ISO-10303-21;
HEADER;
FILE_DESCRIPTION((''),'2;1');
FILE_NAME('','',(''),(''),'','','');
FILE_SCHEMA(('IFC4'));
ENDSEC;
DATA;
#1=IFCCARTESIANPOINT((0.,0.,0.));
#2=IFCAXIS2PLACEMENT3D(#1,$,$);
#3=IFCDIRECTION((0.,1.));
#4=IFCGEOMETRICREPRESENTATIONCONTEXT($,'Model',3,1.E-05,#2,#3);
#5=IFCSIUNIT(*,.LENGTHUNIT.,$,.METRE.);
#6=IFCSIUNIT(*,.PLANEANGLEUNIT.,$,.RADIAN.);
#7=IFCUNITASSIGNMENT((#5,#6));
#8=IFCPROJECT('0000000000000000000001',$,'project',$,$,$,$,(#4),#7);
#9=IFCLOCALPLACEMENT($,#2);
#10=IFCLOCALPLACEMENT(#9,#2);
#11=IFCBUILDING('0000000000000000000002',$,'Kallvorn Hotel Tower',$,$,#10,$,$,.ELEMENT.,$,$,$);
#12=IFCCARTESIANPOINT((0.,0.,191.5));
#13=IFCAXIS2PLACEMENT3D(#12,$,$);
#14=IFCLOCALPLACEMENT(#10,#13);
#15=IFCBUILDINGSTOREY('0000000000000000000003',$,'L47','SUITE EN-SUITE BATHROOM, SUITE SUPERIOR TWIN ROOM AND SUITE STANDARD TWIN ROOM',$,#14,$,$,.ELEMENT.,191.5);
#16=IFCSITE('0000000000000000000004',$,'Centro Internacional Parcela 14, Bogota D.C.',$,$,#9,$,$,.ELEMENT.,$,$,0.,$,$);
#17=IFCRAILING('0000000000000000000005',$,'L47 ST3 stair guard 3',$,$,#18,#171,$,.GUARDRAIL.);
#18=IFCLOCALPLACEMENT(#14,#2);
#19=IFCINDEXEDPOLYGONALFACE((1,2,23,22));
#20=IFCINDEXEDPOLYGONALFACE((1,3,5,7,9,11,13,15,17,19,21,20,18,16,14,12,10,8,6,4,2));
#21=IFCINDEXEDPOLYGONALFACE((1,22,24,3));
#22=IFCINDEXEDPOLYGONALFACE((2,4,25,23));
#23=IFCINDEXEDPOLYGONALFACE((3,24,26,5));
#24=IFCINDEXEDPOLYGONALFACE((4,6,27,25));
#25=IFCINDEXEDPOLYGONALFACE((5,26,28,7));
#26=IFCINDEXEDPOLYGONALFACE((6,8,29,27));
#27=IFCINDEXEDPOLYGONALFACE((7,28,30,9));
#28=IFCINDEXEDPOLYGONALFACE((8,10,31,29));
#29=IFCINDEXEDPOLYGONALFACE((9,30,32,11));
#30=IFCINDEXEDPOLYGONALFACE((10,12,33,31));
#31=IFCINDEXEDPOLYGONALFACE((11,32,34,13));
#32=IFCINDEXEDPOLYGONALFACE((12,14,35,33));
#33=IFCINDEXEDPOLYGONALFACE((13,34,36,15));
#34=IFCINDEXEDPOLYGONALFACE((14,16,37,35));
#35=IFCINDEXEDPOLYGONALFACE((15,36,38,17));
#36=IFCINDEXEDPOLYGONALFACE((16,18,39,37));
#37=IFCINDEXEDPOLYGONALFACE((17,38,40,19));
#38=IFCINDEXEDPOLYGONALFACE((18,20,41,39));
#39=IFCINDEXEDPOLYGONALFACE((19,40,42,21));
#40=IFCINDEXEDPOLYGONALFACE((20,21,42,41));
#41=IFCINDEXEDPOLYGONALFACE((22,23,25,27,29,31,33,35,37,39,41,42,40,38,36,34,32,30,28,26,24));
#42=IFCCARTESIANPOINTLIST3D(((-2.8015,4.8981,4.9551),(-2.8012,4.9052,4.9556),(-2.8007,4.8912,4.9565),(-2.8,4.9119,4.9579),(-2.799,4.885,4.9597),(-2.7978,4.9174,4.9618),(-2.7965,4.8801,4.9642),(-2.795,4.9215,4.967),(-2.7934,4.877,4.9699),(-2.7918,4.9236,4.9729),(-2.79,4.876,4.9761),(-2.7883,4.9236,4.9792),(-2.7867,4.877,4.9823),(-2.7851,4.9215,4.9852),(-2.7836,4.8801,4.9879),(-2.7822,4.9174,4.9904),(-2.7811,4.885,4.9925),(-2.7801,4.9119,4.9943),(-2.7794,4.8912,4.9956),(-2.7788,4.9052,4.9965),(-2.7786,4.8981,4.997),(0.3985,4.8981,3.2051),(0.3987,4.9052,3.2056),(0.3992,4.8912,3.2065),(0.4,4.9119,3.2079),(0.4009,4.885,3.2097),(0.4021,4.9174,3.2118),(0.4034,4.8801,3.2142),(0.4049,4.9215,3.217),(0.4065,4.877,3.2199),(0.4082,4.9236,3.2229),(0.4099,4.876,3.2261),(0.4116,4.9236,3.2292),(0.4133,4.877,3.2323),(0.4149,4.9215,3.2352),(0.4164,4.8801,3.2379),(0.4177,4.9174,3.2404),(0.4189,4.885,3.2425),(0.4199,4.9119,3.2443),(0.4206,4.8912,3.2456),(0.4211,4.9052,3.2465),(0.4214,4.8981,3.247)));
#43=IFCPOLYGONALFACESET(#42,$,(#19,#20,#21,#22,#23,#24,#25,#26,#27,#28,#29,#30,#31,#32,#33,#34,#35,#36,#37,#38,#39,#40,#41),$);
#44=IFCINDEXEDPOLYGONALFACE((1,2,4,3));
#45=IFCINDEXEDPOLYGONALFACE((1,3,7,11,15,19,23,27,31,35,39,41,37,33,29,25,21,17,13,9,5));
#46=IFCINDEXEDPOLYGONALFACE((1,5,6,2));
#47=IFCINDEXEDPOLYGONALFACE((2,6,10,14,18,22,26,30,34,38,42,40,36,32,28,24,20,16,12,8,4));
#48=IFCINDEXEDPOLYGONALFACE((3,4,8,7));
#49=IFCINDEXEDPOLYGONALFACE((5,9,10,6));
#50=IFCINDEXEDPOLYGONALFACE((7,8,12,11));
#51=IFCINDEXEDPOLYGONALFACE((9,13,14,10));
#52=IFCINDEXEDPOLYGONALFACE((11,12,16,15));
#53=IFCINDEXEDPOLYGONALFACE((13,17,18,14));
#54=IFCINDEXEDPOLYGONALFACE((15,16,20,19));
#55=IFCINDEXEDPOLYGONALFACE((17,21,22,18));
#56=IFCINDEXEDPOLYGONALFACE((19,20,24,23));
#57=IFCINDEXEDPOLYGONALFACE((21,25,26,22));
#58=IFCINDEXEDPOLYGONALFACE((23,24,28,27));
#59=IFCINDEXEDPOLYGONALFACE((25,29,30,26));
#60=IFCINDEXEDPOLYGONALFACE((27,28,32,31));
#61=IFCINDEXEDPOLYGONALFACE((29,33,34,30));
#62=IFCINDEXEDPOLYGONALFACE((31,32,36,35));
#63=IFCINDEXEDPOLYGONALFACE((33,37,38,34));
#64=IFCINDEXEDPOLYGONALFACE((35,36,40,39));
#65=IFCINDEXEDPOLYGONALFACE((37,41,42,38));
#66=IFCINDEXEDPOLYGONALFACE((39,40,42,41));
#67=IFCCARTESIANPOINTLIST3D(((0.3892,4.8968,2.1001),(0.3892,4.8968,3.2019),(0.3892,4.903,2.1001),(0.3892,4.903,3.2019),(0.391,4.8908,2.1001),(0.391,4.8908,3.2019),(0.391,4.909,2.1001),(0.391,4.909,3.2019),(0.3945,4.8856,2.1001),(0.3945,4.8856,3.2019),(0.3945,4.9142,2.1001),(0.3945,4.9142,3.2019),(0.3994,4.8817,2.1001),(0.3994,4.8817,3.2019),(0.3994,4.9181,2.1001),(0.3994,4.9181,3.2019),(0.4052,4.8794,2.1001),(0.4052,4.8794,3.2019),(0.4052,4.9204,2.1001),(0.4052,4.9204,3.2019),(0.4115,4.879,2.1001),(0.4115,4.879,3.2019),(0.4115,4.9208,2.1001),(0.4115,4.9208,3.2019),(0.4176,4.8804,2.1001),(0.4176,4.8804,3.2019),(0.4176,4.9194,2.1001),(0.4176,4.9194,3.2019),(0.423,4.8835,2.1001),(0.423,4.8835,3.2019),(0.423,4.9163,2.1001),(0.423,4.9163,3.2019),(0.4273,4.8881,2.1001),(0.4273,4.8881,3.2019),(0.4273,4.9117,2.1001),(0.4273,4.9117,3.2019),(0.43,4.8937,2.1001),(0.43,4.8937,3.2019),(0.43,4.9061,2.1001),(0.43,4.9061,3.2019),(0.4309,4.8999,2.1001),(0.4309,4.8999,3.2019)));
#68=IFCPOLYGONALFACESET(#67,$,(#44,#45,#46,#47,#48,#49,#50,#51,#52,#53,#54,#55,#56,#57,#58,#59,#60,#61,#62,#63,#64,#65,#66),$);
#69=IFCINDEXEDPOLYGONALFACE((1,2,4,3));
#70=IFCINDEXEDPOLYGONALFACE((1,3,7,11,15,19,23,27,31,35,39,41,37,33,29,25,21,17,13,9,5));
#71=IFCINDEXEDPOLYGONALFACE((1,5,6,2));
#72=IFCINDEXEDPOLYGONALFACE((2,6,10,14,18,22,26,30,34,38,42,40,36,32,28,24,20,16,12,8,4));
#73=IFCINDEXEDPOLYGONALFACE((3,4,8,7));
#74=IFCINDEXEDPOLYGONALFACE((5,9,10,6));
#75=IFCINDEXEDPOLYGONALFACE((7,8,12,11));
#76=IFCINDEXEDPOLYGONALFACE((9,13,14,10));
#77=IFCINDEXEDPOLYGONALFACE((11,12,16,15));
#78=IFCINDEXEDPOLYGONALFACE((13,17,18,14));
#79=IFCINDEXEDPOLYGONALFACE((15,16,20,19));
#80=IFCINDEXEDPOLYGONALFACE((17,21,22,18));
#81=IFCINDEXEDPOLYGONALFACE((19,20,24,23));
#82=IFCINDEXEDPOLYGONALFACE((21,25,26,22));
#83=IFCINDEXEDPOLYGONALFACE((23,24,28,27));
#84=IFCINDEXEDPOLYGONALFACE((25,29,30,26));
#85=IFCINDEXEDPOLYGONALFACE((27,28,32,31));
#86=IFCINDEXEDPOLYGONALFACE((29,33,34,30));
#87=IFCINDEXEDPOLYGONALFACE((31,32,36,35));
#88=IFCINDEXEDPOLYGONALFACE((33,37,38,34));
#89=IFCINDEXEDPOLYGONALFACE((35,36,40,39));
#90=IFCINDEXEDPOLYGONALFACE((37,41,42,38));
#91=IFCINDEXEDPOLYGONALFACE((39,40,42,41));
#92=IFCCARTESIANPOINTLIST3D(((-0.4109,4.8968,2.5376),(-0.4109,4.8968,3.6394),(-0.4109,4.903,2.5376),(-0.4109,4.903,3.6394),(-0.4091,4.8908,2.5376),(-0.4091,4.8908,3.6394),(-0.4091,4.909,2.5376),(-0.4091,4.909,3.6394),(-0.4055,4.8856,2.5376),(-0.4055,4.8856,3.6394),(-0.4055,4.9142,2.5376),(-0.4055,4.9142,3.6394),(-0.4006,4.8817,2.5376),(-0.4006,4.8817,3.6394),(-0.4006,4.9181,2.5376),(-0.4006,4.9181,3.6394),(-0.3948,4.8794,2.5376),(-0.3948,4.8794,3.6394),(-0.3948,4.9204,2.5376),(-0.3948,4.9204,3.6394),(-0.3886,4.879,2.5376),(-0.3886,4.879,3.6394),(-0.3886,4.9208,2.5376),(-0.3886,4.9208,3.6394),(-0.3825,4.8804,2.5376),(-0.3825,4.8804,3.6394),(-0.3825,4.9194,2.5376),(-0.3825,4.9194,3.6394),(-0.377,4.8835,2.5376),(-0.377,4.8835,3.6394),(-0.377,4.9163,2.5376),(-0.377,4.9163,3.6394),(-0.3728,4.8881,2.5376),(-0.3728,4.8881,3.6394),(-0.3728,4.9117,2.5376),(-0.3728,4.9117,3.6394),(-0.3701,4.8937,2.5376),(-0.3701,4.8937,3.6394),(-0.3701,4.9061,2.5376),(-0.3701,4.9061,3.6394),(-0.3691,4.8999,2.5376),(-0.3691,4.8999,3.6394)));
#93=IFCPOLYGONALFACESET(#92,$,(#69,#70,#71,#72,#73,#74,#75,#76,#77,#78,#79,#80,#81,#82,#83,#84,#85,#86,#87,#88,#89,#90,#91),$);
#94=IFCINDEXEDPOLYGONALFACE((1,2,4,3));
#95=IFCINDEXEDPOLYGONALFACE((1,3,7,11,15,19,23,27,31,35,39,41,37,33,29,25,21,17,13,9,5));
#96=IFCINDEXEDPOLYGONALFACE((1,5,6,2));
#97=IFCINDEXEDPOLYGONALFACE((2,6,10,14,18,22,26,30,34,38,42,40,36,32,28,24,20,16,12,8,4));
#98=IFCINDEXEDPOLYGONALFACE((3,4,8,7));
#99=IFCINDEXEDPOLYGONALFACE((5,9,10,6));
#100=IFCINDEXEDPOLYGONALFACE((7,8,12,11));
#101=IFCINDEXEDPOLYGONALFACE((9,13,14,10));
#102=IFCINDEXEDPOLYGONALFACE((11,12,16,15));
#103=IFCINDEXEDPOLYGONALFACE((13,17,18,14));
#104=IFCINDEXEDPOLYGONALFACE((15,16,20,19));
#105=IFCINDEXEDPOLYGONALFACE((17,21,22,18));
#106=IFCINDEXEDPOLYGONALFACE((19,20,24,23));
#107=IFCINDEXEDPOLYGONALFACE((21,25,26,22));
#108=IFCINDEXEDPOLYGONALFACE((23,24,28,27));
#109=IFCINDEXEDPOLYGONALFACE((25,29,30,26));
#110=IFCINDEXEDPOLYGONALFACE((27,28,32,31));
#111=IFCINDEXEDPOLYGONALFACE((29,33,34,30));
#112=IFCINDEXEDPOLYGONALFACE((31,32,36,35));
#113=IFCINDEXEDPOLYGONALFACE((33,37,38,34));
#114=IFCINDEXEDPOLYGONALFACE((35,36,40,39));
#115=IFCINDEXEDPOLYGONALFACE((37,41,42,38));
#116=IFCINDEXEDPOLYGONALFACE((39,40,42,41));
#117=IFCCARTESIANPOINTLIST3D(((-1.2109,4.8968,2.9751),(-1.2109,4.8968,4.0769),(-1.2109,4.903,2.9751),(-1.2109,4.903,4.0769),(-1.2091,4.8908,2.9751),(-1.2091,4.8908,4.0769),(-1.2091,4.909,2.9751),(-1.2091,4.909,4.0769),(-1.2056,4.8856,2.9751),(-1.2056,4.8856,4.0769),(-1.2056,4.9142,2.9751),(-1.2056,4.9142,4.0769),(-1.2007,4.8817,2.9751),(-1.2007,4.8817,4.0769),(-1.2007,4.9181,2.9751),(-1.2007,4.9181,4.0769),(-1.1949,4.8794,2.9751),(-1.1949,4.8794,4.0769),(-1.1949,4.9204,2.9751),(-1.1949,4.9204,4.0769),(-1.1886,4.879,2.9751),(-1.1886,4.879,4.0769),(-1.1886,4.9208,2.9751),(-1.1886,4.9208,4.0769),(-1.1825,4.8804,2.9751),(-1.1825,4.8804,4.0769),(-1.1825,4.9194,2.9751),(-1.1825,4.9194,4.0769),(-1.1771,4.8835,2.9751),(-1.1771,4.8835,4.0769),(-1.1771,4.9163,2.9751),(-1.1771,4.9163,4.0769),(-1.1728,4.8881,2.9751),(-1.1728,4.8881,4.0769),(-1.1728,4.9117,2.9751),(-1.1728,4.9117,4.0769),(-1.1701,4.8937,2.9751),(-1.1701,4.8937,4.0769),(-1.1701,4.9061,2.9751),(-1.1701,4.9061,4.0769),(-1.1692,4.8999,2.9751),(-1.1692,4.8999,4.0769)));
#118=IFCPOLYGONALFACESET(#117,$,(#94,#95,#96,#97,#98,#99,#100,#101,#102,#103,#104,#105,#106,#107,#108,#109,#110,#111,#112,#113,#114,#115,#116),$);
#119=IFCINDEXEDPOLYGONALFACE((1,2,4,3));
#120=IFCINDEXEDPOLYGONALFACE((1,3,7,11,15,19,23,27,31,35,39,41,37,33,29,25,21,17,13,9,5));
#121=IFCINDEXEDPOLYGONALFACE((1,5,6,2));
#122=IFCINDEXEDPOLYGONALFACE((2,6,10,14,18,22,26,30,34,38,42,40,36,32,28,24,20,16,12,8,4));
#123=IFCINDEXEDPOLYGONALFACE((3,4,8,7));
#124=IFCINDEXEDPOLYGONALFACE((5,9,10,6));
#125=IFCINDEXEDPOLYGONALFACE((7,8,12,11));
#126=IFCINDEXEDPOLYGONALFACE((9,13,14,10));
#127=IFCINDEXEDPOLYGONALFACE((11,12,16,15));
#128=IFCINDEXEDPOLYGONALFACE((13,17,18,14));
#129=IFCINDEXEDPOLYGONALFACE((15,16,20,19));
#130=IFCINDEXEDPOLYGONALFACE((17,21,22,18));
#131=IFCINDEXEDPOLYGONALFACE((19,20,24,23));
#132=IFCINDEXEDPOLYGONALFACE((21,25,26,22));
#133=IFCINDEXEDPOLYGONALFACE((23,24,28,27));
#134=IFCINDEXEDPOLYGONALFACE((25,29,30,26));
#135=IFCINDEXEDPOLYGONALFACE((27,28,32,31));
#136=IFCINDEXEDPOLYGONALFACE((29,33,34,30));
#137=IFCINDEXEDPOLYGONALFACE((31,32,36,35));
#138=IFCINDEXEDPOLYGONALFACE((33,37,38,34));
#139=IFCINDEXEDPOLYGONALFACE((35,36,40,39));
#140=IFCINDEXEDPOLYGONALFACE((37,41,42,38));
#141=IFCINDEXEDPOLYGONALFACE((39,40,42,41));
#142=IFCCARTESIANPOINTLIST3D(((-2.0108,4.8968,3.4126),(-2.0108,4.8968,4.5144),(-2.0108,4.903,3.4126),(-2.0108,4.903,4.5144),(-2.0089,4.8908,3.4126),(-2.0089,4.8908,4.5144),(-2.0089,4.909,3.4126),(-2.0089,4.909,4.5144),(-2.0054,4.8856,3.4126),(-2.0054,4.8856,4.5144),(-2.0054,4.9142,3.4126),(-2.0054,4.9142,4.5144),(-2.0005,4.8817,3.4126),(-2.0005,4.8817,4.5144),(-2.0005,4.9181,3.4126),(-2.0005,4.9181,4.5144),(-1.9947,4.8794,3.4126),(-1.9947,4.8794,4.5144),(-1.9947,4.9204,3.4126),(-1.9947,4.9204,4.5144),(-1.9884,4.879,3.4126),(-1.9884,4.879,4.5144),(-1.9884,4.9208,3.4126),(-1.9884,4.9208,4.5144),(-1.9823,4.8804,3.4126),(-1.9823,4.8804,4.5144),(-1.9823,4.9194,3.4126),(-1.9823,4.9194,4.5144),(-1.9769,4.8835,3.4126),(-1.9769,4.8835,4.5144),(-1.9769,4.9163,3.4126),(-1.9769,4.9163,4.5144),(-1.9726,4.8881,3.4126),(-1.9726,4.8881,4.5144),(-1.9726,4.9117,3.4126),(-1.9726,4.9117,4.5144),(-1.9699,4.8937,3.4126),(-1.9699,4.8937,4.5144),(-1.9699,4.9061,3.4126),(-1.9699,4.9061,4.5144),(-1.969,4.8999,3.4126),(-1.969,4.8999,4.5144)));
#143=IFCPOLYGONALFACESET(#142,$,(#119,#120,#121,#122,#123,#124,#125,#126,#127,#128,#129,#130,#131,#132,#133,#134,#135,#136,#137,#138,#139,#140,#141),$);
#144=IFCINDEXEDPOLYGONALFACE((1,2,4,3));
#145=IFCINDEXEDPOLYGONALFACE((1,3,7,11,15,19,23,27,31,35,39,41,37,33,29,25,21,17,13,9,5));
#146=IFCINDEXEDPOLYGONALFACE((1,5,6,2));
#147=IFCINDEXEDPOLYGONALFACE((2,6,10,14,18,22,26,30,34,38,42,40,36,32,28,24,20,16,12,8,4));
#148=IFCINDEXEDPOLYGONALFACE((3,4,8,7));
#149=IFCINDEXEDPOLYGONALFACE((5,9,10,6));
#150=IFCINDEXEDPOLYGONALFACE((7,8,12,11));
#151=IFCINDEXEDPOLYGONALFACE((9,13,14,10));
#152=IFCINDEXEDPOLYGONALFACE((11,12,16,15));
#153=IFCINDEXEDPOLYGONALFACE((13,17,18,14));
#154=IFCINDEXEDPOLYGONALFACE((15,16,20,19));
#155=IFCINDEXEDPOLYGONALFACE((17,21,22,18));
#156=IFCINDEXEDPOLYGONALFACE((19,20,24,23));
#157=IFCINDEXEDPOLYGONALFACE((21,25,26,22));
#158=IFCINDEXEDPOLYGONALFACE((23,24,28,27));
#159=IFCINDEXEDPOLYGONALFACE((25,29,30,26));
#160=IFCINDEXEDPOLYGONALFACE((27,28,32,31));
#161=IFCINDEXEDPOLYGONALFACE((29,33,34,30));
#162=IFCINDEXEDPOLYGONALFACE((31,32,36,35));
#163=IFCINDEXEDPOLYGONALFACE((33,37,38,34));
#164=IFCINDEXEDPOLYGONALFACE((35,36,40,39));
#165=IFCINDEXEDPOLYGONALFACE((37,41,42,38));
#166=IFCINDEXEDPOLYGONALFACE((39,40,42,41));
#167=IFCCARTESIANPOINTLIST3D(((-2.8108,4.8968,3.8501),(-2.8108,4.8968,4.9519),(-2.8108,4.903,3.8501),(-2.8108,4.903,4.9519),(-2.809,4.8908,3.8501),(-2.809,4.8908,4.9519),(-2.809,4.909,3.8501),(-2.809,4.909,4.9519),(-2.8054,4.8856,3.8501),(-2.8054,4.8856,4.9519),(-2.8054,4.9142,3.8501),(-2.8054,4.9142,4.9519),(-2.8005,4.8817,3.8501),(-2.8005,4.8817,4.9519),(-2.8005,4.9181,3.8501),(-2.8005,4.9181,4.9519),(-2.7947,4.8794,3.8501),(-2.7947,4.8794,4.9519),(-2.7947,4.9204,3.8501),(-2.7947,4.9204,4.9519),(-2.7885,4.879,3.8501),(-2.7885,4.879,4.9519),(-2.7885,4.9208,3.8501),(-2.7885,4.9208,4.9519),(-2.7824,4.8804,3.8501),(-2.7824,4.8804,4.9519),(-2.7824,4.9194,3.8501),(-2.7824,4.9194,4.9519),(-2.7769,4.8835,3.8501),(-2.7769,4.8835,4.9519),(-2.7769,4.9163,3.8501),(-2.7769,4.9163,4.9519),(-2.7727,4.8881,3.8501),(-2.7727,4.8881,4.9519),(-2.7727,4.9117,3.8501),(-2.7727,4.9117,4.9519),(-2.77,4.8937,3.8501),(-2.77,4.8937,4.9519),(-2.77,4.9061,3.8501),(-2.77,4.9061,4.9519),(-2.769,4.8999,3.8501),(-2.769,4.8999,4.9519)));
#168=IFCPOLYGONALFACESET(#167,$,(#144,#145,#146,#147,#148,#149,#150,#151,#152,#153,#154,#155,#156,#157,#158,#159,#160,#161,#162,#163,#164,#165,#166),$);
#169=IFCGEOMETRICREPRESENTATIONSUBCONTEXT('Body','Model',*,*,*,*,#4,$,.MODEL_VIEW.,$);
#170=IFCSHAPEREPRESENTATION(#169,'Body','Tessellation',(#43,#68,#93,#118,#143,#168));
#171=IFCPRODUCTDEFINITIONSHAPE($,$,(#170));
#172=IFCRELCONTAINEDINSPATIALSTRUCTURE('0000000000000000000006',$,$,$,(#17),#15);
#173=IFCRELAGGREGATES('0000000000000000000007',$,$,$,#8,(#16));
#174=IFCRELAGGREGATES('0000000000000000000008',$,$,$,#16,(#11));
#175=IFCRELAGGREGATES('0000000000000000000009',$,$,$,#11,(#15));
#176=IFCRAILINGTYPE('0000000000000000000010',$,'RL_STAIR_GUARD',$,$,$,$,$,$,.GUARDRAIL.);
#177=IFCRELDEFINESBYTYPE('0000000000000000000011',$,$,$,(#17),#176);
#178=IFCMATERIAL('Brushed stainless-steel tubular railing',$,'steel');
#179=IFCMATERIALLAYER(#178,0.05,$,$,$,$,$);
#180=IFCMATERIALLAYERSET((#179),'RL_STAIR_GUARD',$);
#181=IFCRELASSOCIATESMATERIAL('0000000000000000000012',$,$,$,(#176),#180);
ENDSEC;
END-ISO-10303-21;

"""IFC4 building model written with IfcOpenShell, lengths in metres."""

from ifc_helpers import new_model, si_unit, direction, frame, origin, origin_2d, place, context, subcontext, project, spatial, circle, extrude, material, layer, layer_set, type_object, element, save


model = new_model("IFC4")

# Units and contexts
model_context = context("Model", 3, precision=1e-05, world=origin(), true_north=direction((0.0, 1.0)))
body_context = subcontext(model_context, "Body", "Model", "MODEL_VIEW")
ifc_project = project(units=[si_unit("LENGTHUNIT", "METRE"), si_unit("PLANEANGLEUNIT", "RADIAN")], contexts=[model_context])

# Site, building, storey
site_placement = place(None, origin())
site = spatial("IfcSite", under=ifc_project, at=site_placement, Name="Centro Internacional Parcela 14, Bogota D.C.", CompositionType="ELEMENT", RefElevation=0.0)
building_placement = place(site_placement, origin())
building = spatial("IfcBuilding", under=site, at=building_placement, Name="Kallvorn Hotel Tower", CompositionType="ELEMENT")
storey_placement = place(building_placement, frame((0.0, 0.0, 191.5)))
storey = spatial("IfcBuildingStorey", under=building, at=storey_placement, Name="L47", Description="SUITE EN-SUITE BATHROOM, SUITE SUPERIOR TWIN ROOM AND SUITE STANDARD TWIN ROOM", CompositionType="ELEMENT", Elevation=191.5)

# Railing
ifc_material_1 = material(Name="Brushed stainless-steel tubular railing", Category="steel")
ifc_layer_1 = layer(ifc_material_1, 0.05)
ifc_layer_set_1 = layer_set([ifc_layer_1], Name="RL_STAIR_GUARD")
railing_type_1 = type_object("IfcRailingType", Name="RL_STAIR_GUARD", PredefinedType="GUARDRAIL", material=ifc_layer_set_1)
railing_1_placement = place(storey_placement, frame((0.4099, 4.8999, 2.1001)))
element("IfcRailing", 1, at=railing_1_placement, inside=storey, type_object=railing_type_1, Name="L47 ST3 stair guard 3", PredefinedType="GUARDRAIL", context=body_context, shape_type="SweptSolid", body=[
    extrude(circle(Radius=0.0239, at=origin_2d()), frame((0.0, 0.0, 1.126), z_axis=(-0.877368, 0.0, 0.479818), x_axis=(0.0, -1.0, 0.0)), (0.0, 0.0, 1.0), 3.6472),
    extrude(circle(Radius=0.021, at=origin_2d()), origin(), (0.0, 0.0, 1.0), 1.1018),
    extrude(circle(Radius=0.021, at=origin_2d()), frame((-0.8, 0.0, 0.4375)), (0.0, 0.0, 1.0), 1.1018),
    extrude(circle(Radius=0.021, at=origin_2d()), frame((-1.6001, 0.0, 0.875)), (0.0, 0.0, 1.0), 1.1018),
    extrude(circle(Radius=0.021, at=origin_2d()), frame((-2.3999, 0.0, 1.3125)), (0.0, 0.0, 1.0), 1.1018),
    extrude(circle(Radius=0.021, at=origin_2d()), frame((-3.2, 0.0, 1.75)), (0.0, 0.0, 1.0), 1.1018),
])

save(model, "model.ifc")
